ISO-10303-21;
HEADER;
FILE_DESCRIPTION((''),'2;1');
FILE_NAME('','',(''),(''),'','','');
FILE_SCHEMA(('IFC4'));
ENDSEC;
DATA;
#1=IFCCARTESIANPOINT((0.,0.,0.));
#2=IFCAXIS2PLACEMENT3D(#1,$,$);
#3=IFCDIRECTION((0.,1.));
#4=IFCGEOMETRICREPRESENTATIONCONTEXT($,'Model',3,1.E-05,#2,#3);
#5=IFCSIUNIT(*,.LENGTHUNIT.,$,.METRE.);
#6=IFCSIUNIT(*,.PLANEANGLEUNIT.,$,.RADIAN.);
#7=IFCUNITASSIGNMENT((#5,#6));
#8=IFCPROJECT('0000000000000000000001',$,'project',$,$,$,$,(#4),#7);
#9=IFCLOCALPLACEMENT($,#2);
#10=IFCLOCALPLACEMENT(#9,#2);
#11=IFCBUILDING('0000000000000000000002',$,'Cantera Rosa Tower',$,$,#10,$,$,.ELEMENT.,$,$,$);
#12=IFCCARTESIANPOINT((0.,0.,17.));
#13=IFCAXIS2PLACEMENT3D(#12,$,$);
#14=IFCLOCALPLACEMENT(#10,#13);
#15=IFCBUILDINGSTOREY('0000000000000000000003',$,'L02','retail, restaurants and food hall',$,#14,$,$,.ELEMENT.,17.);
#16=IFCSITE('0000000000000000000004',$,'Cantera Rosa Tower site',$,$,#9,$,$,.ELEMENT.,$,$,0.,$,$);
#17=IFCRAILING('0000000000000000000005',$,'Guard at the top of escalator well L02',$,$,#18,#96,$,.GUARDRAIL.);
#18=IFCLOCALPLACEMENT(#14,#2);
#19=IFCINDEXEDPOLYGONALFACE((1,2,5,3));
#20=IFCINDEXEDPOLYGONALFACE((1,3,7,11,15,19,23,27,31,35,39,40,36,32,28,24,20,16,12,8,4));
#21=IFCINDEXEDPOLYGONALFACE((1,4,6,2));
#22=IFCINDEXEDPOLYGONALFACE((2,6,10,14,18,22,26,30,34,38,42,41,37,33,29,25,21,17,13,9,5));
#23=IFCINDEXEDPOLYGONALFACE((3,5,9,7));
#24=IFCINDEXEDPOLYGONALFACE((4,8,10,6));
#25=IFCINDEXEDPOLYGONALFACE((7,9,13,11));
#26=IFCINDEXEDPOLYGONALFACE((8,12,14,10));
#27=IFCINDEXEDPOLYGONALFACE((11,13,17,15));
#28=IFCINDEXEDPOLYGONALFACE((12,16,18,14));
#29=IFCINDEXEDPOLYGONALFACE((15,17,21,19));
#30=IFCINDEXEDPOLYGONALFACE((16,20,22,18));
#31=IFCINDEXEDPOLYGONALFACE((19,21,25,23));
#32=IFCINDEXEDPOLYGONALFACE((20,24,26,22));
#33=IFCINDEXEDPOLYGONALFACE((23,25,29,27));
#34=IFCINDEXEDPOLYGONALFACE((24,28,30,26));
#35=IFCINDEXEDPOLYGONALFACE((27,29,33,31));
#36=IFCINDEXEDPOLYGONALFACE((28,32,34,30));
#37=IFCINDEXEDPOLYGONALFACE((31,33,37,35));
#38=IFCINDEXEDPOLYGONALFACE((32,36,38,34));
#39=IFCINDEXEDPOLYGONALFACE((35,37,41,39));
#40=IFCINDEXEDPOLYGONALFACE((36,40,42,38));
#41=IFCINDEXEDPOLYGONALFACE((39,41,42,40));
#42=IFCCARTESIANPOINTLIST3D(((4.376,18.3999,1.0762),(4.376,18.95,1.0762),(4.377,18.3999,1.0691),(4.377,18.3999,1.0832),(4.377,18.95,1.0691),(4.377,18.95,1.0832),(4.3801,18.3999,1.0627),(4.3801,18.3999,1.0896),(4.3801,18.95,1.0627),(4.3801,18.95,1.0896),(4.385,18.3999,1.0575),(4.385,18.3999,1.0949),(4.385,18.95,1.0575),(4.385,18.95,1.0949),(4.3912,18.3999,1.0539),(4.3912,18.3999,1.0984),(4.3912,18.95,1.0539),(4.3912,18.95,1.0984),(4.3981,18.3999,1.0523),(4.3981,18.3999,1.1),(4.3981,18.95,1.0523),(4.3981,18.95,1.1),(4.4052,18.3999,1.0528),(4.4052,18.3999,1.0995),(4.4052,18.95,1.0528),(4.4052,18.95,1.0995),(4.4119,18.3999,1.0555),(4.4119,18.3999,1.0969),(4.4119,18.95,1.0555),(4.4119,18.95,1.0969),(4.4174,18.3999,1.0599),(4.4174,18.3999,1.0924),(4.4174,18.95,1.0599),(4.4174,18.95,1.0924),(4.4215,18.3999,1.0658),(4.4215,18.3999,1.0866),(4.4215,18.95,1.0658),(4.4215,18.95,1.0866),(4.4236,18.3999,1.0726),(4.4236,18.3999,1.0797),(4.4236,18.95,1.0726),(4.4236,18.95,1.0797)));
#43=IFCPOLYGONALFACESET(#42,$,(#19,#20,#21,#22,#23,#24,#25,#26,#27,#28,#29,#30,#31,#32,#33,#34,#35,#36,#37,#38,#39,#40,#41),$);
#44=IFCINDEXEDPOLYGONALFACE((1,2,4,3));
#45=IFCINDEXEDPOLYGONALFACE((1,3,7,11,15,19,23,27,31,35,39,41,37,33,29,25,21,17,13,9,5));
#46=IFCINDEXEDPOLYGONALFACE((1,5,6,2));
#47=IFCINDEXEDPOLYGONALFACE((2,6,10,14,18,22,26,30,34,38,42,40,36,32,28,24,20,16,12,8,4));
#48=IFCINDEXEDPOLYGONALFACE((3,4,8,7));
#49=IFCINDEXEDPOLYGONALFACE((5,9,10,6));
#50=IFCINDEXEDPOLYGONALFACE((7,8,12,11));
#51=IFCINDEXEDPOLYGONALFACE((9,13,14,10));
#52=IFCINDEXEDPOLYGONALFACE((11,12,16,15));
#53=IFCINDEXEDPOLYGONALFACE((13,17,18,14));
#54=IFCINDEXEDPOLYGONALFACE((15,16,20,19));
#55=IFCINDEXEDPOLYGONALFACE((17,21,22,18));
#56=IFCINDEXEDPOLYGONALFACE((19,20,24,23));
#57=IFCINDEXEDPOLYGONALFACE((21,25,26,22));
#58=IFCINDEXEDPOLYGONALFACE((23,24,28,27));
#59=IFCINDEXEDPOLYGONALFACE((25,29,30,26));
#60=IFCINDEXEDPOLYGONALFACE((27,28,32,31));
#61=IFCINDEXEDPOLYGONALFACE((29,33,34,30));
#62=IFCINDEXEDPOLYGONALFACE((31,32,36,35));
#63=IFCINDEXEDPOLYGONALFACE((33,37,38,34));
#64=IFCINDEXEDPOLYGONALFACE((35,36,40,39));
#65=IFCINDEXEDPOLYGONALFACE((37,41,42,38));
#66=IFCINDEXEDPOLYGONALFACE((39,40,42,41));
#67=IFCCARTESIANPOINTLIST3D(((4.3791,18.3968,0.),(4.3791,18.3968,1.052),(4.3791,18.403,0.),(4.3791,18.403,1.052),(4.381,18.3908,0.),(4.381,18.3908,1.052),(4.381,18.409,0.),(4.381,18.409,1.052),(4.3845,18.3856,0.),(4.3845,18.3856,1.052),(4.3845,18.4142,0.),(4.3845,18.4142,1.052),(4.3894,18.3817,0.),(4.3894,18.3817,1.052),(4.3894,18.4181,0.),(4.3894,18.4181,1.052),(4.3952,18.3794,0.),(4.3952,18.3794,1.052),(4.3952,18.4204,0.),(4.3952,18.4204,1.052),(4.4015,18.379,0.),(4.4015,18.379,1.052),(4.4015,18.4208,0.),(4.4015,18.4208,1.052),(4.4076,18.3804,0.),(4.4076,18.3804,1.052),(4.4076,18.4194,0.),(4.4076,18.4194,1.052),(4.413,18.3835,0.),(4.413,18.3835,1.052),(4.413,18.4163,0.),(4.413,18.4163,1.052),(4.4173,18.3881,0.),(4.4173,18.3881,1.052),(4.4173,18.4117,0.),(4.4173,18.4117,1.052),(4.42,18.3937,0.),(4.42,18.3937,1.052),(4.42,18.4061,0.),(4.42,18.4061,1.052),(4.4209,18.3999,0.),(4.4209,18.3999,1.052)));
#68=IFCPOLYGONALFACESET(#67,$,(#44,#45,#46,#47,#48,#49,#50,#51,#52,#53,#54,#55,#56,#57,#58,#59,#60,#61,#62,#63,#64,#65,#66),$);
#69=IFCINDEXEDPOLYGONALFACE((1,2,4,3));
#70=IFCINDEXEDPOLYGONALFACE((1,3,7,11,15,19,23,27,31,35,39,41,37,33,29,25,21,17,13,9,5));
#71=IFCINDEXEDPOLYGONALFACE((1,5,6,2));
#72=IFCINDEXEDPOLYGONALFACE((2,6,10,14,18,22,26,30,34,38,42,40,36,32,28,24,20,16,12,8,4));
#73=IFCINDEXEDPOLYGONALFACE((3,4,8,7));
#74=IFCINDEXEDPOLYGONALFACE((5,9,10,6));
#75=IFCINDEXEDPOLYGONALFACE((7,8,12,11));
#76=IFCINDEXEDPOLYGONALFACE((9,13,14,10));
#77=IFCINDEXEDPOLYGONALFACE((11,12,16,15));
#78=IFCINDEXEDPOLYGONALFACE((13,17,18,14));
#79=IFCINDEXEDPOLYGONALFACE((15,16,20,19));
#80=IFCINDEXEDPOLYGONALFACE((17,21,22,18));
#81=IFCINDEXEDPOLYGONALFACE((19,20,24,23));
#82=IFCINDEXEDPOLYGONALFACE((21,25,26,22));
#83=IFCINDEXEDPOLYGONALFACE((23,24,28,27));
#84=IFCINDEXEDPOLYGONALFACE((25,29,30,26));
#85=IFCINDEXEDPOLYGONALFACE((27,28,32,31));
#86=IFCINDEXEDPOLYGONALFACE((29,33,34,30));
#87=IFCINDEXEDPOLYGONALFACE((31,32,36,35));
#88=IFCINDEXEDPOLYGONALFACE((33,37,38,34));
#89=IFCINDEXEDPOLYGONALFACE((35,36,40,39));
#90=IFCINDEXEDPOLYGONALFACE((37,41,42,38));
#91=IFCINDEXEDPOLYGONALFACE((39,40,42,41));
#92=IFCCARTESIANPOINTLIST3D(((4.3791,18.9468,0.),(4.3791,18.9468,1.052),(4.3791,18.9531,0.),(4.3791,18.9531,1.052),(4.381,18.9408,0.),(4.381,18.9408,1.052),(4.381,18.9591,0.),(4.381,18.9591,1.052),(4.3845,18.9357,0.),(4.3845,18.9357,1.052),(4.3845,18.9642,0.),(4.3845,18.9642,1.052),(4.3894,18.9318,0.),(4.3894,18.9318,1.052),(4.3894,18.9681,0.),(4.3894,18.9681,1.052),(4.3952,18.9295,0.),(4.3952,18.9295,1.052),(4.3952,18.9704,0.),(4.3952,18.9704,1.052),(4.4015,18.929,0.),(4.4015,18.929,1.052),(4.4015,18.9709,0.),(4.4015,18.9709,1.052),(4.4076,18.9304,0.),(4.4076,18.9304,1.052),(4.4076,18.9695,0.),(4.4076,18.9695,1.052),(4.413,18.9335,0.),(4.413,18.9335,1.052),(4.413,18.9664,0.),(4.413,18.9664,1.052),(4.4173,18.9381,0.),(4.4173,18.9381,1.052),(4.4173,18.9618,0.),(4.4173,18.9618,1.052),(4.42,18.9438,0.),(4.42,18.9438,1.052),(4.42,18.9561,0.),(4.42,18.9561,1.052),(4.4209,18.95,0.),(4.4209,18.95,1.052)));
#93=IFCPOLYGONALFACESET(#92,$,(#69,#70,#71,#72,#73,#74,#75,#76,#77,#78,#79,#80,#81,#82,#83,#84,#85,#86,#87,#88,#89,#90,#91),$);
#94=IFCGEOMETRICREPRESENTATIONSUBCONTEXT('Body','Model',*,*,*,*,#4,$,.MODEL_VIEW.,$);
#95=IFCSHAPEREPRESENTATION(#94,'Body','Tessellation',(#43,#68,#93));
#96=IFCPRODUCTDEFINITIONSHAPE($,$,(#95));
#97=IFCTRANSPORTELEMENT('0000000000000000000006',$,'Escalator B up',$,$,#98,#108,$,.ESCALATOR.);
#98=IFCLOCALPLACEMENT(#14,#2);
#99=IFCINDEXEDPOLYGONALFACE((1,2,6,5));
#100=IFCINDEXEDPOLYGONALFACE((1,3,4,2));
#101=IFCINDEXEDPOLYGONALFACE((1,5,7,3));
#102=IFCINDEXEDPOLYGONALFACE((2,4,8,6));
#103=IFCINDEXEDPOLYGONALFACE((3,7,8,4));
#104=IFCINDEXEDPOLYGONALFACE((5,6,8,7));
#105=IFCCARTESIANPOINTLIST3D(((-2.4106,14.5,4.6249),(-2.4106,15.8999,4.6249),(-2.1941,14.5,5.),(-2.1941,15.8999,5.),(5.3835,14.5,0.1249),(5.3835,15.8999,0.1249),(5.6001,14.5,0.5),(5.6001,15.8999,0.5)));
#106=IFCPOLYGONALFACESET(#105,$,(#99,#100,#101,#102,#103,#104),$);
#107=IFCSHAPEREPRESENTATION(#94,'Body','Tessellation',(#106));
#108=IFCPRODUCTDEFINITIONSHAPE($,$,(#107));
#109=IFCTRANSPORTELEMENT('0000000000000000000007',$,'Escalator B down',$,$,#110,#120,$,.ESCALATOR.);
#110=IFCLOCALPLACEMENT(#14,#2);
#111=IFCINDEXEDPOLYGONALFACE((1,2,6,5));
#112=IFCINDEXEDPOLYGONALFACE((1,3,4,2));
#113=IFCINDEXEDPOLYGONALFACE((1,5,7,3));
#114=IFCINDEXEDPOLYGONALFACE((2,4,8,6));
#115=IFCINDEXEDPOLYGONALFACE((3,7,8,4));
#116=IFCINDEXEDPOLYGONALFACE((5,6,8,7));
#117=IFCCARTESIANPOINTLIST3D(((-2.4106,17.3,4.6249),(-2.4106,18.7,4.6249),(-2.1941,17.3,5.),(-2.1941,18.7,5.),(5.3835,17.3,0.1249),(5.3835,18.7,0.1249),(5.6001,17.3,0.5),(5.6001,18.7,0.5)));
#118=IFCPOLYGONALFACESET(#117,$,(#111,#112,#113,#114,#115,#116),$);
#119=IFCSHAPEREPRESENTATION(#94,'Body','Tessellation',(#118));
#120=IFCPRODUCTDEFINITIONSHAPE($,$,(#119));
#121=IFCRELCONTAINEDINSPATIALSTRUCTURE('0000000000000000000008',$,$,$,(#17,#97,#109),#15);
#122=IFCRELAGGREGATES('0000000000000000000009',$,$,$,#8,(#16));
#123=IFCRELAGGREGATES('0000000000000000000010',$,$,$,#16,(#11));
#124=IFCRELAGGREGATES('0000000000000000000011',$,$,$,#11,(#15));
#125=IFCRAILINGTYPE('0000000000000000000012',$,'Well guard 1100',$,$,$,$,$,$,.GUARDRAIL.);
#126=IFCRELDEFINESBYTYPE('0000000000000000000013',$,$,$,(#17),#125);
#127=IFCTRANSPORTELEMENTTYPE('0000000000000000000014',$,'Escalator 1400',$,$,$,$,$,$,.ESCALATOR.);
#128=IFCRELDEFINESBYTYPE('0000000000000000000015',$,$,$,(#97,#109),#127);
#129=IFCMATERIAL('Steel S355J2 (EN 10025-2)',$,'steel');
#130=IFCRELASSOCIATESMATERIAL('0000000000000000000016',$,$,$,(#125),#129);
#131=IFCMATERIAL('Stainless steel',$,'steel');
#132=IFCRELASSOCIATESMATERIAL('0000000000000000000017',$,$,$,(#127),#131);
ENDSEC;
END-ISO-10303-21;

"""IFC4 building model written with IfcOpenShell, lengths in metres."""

from ifc_helpers import new_model, si_unit, direction, frame, origin, origin_2d, place, context, subcontext, project, spatial, polyline, circle, outline, extrude, material, type_object, element, save


model = new_model("IFC4")

# Units and contexts
model_context = context("Model", 3, precision=1e-05, world=origin(), true_north=direction((0.0, 1.0)))
body_context = subcontext(model_context, "Body", "Model", "MODEL_VIEW")
ifc_project = project(units=[si_unit("LENGTHUNIT", "METRE"), si_unit("PLANEANGLEUNIT", "RADIAN")], contexts=[model_context])

# Site, building, storey
site_placement = place(None, origin())
site = spatial("IfcSite", under=ifc_project, at=site_placement, Name="Cantera Rosa Tower site", CompositionType="ELEMENT", RefElevation=0.0)
building_placement = place(site_placement, origin())
building = spatial("IfcBuilding", under=site, at=building_placement, Name="Cantera Rosa Tower", CompositionType="ELEMENT")
storey_placement = place(building_placement, frame((0.0, 0.0, 17.0)))
storey = spatial("IfcBuildingStorey", under=building, at=storey_placement, Name="L02", Description="retail, restaurants and food hall", CompositionType="ELEMENT", Elevation=17.0)

# Railing
ifc_material_1 = material(Name="Steel S355J2 (EN 10025-2)", Category="steel")
railing_type_1 = type_object("IfcRailingType", Name="Well guard 1100", PredefinedType="GUARDRAIL", material=ifc_material_1)
railing_1_placement = place(storey_placement, frame((4.3999, 18.3999, 0.0)))
element("IfcRailing", 1, at=railing_1_placement, inside=storey, type_object=railing_type_1, Name="Guard at the top of escalator well L02", PredefinedType="GUARDRAIL", context=body_context, shape_type="SweptSolid", body=[
    extrude(circle(Radius=0.0239, at=origin_2d()), frame((0.0, 0.0, 1.0762), z_axis=(0.0, 1.0, 0.0), x_axis=(-1.0, 0.0, 0.0)), (0.0, 0.0, 1.0), 0.55),
    extrude(circle(Radius=0.021, at=origin_2d()), origin(), (0.0, 0.0, 1.0), 1.052),
    extrude(circle(Radius=0.021, at=origin_2d()), frame((0.0, 0.55, 0.0)), (0.0, 0.0, 1.0), 1.052),
])

# Transport elements
ifc_material_2 = material(Name="Stainless steel", Category="steel")
transport_element_type = type_object("IfcTransportElementType", Name="Escalator 1400", PredefinedType="ESCALATOR", material=ifc_material_2)
for number, where, z_axis, x_axis, name in (
    (2, (5.6001, 14.5, 0.5), (0.500002, 0.0, 0.866024), (-0.866024, 0.0, 0.500002), "Escalator B up"),
    (3, (5.6001, 17.3, 0.5), (0.500002, 0.0, 0.866024), (-0.866024, 0.0, 0.500002), "Escalator B down"),
):
    element("IfcTransportElement", number, at=place(storey_placement, frame(where, z_axis=z_axis, x_axis=x_axis)), inside=storey, type_object=transport_element_type, Name=name, PredefinedType="ESCALATOR", context=body_context, shape_type="SweptSolid", body=[
        extrude(outline(polyline([(0.0, 0.0), (9.0, 0.0), (9.0, -1.3999), (0.0, -1.3999), (0.0, 0.0)])), origin(), (0.0, 0.0, -1.0), 0.4331),
    ])

save(model, "model.ifc")
